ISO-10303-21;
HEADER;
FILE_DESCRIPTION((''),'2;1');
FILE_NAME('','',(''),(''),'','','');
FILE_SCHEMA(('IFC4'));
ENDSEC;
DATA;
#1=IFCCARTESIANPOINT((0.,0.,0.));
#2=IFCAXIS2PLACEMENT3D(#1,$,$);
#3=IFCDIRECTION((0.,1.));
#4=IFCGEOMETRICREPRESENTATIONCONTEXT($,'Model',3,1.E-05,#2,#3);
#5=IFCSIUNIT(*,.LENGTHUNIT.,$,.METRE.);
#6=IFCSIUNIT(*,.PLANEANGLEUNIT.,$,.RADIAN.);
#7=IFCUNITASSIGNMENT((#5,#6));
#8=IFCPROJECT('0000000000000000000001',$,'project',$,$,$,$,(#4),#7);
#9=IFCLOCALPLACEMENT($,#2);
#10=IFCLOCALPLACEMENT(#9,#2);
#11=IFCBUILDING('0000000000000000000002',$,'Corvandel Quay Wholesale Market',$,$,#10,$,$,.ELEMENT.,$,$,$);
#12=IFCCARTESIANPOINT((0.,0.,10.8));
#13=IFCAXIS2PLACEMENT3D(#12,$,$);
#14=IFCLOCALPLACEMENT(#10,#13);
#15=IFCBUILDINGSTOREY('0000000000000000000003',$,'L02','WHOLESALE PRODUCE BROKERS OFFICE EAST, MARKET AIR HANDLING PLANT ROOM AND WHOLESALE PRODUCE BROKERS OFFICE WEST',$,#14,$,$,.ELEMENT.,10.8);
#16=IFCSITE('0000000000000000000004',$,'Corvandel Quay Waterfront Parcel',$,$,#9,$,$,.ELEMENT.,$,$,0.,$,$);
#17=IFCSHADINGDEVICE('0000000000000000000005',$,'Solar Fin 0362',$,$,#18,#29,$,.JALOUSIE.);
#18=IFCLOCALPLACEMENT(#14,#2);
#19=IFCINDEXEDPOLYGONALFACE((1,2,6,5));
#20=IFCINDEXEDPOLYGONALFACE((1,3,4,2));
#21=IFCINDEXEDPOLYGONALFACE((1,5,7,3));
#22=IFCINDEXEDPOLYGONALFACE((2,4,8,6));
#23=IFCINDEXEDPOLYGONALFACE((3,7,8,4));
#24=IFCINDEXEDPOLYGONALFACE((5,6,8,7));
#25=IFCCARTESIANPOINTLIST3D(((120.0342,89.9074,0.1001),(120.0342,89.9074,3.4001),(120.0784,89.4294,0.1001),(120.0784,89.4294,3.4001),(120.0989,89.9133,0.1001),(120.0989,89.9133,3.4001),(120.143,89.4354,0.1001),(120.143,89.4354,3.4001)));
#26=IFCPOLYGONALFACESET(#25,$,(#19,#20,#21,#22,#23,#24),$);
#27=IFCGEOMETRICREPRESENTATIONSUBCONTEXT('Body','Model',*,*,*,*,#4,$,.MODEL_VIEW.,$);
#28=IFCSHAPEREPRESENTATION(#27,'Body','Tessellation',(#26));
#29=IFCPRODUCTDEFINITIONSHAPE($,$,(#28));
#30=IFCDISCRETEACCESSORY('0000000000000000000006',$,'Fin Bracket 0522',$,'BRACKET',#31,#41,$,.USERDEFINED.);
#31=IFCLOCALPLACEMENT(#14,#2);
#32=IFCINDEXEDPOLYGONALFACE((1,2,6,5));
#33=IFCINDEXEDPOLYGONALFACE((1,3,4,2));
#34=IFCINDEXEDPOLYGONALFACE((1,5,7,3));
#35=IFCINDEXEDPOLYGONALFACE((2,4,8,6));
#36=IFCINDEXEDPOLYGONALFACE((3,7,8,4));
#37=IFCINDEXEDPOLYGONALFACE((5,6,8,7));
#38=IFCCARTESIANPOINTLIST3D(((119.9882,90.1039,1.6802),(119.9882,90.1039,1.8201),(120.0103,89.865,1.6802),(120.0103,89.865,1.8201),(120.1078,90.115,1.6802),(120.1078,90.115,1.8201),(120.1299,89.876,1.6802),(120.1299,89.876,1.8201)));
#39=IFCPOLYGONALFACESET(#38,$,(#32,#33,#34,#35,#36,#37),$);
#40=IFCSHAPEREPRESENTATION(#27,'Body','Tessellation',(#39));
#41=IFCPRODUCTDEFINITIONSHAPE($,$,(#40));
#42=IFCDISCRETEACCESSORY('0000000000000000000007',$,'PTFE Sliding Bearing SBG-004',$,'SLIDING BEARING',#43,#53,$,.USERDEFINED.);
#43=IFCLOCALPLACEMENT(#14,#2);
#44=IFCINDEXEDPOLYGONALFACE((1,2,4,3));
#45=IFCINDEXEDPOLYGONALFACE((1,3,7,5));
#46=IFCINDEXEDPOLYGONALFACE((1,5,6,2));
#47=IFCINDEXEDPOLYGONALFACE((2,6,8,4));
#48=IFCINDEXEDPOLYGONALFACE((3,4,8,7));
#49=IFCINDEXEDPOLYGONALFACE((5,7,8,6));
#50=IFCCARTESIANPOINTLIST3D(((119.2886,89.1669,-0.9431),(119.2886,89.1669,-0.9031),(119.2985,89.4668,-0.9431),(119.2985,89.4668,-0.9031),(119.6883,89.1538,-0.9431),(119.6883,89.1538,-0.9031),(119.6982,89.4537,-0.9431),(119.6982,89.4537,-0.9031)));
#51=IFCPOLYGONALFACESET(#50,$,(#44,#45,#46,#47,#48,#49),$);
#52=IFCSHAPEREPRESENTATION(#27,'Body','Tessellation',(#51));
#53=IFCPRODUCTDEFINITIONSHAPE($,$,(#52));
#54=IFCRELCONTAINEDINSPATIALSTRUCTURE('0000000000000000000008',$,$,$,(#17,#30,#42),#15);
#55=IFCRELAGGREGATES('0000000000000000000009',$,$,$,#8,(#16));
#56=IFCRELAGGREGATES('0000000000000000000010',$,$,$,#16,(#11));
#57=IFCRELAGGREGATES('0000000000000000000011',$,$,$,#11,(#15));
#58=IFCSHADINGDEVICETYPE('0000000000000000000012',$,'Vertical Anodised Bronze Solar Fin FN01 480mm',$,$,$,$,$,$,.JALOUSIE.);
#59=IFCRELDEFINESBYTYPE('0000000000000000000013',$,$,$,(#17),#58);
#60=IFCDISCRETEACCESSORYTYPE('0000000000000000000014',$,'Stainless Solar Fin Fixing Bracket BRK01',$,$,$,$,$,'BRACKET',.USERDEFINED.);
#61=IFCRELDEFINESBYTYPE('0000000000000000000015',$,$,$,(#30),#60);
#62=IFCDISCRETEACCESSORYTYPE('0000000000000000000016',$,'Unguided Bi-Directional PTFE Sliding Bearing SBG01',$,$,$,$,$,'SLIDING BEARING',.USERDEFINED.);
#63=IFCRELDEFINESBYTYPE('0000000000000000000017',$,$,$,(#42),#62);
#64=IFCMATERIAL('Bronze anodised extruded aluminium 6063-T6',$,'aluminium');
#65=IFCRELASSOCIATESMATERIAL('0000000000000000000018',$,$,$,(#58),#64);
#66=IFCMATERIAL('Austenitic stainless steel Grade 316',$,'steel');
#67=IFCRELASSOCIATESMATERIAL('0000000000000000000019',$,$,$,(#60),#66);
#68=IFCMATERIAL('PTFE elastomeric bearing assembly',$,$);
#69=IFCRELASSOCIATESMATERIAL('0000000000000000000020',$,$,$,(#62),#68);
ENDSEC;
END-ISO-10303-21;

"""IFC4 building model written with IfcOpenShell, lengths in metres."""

from ifc_helpers import new_model, si_unit, direction, frame, origin, origin_2d, place, context, subcontext, project, spatial, rectangle, extrude, material, type_object, element, save


model = new_model("IFC4")

# Units and contexts
model_context = context("Model", 3, precision=1e-05, world=origin(), true_north=direction((0.0, 1.0)))
body_context = subcontext(model_context, "Body", "Model", "MODEL_VIEW")
ifc_project = project(units=[si_unit("LENGTHUNIT", "METRE"), si_unit("PLANEANGLEUNIT", "RADIAN")], contexts=[model_context])

# Site, building, storey
site_placement = place(None, origin())
site = spatial("IfcSite", under=ifc_project, at=site_placement, Name="Corvandel Quay Waterfront Parcel", CompositionType="ELEMENT", RefElevation=0.0)
building_placement = place(site_placement, origin())
building = spatial("IfcBuilding", under=site, at=building_placement, Name="Corvandel Quay Wholesale Market", CompositionType="ELEMENT")
storey_placement = place(building_placement, frame((0.0, 0.0, 10.8)))
storey = spatial("IfcBuildingStorey", under=building, at=storey_placement, Name="L02", Description="WHOLESALE PRODUCE BROKERS OFFICE EAST, MARKET AIR HANDLING PLANT ROOM AND WHOLESALE PRODUCE BROKERS OFFICE WEST", CompositionType="ELEMENT", Elevation=10.8)

# Shading device
ifc_material_1 = material(Name="Bronze anodised extruded aluminium 6063-T6", Category="aluminium")
shading_device_type = type_object("IfcShadingDeviceType", Name="Vertical Anodised Bronze Solar Fin FN01 480mm", PredefinedType="JALOUSIE", material=ifc_material_1)
shading_device_placement = place(storey_placement, frame((120.0886, 89.6714, 0.1001), z_axis=(0.0, 0.0, 1.0), x_axis=(-0.092023, 0.995757, 0.0)))
element("IfcShadingDevice", 1, at=shading_device_placement, inside=storey, type_object=shading_device_type, Name="Solar Fin 0362", PredefinedType="JALOUSIE", context=body_context, shape_type="SweptSolid", body=[
    extrude(rectangle(XDim=0.48, YDim=0.0649, at=origin_2d()), origin(), (0.0, 0.0, 1.0), 3.3),
])

# Discrete accessories
ifc_material_2 = material(Name="Austenitic stainless steel Grade 316", Category="steel")
discrete_accessory_type_1 = type_object("IfcDiscreteAccessoryType", Name="Stainless Solar Fin Fixing Bracket BRK01", ElementType="BRACKET", PredefinedType="USERDEFINED", material=ifc_material_2)
discrete_accessory_1_placement = place(storey_placement, frame((120.0591, 89.99, 1.6802), z_axis=(0.0, 0.0, 1.0), x_axis=(-0.092023, 0.995757, 0.0)))
element("IfcDiscreteAccessory", 2, at=discrete_accessory_1_placement, inside=storey, type_object=discrete_accessory_type_1, Name="Fin Bracket 0522", ObjectType="BRACKET", PredefinedType="USERDEFINED", context=body_context, shape_type="SweptSolid", body=[
    extrude(rectangle(XDim=0.24, YDim=0.1201, at=origin_2d()), origin(), (0.0, 0.0, 1.0), 0.1399),
])
ifc_material_3 = material(Name="PTFE elastomeric bearing assembly")
discrete_accessory_type_2 = type_object("IfcDiscreteAccessoryType", Name="Unguided Bi-Directional PTFE Sliding Bearing SBG01", ElementType="SLIDING BEARING", PredefinedType="USERDEFINED", material=ifc_material_3)
discrete_accessory_2_placement = place(storey_placement, frame((119.4934, 89.3103, -0.9431), z_axis=(0.0, 0.0, 1.0), x_axis=(0.032806, 0.999462, 0.0)))
element("IfcDiscreteAccessory", 3, at=discrete_accessory_2_placement, inside=storey, type_object=discrete_accessory_type_2, Name="PTFE Sliding Bearing SBG-004", ObjectType="SLIDING BEARING", PredefinedType="USERDEFINED", context=body_context, shape_type="SweptSolid", body=[
    extrude(rectangle(XDim=0.3, YDim=0.3999, at=origin_2d()), origin(), (0.0, 0.0, 1.0), 0.04),
])

save(model, "model.ifc")
